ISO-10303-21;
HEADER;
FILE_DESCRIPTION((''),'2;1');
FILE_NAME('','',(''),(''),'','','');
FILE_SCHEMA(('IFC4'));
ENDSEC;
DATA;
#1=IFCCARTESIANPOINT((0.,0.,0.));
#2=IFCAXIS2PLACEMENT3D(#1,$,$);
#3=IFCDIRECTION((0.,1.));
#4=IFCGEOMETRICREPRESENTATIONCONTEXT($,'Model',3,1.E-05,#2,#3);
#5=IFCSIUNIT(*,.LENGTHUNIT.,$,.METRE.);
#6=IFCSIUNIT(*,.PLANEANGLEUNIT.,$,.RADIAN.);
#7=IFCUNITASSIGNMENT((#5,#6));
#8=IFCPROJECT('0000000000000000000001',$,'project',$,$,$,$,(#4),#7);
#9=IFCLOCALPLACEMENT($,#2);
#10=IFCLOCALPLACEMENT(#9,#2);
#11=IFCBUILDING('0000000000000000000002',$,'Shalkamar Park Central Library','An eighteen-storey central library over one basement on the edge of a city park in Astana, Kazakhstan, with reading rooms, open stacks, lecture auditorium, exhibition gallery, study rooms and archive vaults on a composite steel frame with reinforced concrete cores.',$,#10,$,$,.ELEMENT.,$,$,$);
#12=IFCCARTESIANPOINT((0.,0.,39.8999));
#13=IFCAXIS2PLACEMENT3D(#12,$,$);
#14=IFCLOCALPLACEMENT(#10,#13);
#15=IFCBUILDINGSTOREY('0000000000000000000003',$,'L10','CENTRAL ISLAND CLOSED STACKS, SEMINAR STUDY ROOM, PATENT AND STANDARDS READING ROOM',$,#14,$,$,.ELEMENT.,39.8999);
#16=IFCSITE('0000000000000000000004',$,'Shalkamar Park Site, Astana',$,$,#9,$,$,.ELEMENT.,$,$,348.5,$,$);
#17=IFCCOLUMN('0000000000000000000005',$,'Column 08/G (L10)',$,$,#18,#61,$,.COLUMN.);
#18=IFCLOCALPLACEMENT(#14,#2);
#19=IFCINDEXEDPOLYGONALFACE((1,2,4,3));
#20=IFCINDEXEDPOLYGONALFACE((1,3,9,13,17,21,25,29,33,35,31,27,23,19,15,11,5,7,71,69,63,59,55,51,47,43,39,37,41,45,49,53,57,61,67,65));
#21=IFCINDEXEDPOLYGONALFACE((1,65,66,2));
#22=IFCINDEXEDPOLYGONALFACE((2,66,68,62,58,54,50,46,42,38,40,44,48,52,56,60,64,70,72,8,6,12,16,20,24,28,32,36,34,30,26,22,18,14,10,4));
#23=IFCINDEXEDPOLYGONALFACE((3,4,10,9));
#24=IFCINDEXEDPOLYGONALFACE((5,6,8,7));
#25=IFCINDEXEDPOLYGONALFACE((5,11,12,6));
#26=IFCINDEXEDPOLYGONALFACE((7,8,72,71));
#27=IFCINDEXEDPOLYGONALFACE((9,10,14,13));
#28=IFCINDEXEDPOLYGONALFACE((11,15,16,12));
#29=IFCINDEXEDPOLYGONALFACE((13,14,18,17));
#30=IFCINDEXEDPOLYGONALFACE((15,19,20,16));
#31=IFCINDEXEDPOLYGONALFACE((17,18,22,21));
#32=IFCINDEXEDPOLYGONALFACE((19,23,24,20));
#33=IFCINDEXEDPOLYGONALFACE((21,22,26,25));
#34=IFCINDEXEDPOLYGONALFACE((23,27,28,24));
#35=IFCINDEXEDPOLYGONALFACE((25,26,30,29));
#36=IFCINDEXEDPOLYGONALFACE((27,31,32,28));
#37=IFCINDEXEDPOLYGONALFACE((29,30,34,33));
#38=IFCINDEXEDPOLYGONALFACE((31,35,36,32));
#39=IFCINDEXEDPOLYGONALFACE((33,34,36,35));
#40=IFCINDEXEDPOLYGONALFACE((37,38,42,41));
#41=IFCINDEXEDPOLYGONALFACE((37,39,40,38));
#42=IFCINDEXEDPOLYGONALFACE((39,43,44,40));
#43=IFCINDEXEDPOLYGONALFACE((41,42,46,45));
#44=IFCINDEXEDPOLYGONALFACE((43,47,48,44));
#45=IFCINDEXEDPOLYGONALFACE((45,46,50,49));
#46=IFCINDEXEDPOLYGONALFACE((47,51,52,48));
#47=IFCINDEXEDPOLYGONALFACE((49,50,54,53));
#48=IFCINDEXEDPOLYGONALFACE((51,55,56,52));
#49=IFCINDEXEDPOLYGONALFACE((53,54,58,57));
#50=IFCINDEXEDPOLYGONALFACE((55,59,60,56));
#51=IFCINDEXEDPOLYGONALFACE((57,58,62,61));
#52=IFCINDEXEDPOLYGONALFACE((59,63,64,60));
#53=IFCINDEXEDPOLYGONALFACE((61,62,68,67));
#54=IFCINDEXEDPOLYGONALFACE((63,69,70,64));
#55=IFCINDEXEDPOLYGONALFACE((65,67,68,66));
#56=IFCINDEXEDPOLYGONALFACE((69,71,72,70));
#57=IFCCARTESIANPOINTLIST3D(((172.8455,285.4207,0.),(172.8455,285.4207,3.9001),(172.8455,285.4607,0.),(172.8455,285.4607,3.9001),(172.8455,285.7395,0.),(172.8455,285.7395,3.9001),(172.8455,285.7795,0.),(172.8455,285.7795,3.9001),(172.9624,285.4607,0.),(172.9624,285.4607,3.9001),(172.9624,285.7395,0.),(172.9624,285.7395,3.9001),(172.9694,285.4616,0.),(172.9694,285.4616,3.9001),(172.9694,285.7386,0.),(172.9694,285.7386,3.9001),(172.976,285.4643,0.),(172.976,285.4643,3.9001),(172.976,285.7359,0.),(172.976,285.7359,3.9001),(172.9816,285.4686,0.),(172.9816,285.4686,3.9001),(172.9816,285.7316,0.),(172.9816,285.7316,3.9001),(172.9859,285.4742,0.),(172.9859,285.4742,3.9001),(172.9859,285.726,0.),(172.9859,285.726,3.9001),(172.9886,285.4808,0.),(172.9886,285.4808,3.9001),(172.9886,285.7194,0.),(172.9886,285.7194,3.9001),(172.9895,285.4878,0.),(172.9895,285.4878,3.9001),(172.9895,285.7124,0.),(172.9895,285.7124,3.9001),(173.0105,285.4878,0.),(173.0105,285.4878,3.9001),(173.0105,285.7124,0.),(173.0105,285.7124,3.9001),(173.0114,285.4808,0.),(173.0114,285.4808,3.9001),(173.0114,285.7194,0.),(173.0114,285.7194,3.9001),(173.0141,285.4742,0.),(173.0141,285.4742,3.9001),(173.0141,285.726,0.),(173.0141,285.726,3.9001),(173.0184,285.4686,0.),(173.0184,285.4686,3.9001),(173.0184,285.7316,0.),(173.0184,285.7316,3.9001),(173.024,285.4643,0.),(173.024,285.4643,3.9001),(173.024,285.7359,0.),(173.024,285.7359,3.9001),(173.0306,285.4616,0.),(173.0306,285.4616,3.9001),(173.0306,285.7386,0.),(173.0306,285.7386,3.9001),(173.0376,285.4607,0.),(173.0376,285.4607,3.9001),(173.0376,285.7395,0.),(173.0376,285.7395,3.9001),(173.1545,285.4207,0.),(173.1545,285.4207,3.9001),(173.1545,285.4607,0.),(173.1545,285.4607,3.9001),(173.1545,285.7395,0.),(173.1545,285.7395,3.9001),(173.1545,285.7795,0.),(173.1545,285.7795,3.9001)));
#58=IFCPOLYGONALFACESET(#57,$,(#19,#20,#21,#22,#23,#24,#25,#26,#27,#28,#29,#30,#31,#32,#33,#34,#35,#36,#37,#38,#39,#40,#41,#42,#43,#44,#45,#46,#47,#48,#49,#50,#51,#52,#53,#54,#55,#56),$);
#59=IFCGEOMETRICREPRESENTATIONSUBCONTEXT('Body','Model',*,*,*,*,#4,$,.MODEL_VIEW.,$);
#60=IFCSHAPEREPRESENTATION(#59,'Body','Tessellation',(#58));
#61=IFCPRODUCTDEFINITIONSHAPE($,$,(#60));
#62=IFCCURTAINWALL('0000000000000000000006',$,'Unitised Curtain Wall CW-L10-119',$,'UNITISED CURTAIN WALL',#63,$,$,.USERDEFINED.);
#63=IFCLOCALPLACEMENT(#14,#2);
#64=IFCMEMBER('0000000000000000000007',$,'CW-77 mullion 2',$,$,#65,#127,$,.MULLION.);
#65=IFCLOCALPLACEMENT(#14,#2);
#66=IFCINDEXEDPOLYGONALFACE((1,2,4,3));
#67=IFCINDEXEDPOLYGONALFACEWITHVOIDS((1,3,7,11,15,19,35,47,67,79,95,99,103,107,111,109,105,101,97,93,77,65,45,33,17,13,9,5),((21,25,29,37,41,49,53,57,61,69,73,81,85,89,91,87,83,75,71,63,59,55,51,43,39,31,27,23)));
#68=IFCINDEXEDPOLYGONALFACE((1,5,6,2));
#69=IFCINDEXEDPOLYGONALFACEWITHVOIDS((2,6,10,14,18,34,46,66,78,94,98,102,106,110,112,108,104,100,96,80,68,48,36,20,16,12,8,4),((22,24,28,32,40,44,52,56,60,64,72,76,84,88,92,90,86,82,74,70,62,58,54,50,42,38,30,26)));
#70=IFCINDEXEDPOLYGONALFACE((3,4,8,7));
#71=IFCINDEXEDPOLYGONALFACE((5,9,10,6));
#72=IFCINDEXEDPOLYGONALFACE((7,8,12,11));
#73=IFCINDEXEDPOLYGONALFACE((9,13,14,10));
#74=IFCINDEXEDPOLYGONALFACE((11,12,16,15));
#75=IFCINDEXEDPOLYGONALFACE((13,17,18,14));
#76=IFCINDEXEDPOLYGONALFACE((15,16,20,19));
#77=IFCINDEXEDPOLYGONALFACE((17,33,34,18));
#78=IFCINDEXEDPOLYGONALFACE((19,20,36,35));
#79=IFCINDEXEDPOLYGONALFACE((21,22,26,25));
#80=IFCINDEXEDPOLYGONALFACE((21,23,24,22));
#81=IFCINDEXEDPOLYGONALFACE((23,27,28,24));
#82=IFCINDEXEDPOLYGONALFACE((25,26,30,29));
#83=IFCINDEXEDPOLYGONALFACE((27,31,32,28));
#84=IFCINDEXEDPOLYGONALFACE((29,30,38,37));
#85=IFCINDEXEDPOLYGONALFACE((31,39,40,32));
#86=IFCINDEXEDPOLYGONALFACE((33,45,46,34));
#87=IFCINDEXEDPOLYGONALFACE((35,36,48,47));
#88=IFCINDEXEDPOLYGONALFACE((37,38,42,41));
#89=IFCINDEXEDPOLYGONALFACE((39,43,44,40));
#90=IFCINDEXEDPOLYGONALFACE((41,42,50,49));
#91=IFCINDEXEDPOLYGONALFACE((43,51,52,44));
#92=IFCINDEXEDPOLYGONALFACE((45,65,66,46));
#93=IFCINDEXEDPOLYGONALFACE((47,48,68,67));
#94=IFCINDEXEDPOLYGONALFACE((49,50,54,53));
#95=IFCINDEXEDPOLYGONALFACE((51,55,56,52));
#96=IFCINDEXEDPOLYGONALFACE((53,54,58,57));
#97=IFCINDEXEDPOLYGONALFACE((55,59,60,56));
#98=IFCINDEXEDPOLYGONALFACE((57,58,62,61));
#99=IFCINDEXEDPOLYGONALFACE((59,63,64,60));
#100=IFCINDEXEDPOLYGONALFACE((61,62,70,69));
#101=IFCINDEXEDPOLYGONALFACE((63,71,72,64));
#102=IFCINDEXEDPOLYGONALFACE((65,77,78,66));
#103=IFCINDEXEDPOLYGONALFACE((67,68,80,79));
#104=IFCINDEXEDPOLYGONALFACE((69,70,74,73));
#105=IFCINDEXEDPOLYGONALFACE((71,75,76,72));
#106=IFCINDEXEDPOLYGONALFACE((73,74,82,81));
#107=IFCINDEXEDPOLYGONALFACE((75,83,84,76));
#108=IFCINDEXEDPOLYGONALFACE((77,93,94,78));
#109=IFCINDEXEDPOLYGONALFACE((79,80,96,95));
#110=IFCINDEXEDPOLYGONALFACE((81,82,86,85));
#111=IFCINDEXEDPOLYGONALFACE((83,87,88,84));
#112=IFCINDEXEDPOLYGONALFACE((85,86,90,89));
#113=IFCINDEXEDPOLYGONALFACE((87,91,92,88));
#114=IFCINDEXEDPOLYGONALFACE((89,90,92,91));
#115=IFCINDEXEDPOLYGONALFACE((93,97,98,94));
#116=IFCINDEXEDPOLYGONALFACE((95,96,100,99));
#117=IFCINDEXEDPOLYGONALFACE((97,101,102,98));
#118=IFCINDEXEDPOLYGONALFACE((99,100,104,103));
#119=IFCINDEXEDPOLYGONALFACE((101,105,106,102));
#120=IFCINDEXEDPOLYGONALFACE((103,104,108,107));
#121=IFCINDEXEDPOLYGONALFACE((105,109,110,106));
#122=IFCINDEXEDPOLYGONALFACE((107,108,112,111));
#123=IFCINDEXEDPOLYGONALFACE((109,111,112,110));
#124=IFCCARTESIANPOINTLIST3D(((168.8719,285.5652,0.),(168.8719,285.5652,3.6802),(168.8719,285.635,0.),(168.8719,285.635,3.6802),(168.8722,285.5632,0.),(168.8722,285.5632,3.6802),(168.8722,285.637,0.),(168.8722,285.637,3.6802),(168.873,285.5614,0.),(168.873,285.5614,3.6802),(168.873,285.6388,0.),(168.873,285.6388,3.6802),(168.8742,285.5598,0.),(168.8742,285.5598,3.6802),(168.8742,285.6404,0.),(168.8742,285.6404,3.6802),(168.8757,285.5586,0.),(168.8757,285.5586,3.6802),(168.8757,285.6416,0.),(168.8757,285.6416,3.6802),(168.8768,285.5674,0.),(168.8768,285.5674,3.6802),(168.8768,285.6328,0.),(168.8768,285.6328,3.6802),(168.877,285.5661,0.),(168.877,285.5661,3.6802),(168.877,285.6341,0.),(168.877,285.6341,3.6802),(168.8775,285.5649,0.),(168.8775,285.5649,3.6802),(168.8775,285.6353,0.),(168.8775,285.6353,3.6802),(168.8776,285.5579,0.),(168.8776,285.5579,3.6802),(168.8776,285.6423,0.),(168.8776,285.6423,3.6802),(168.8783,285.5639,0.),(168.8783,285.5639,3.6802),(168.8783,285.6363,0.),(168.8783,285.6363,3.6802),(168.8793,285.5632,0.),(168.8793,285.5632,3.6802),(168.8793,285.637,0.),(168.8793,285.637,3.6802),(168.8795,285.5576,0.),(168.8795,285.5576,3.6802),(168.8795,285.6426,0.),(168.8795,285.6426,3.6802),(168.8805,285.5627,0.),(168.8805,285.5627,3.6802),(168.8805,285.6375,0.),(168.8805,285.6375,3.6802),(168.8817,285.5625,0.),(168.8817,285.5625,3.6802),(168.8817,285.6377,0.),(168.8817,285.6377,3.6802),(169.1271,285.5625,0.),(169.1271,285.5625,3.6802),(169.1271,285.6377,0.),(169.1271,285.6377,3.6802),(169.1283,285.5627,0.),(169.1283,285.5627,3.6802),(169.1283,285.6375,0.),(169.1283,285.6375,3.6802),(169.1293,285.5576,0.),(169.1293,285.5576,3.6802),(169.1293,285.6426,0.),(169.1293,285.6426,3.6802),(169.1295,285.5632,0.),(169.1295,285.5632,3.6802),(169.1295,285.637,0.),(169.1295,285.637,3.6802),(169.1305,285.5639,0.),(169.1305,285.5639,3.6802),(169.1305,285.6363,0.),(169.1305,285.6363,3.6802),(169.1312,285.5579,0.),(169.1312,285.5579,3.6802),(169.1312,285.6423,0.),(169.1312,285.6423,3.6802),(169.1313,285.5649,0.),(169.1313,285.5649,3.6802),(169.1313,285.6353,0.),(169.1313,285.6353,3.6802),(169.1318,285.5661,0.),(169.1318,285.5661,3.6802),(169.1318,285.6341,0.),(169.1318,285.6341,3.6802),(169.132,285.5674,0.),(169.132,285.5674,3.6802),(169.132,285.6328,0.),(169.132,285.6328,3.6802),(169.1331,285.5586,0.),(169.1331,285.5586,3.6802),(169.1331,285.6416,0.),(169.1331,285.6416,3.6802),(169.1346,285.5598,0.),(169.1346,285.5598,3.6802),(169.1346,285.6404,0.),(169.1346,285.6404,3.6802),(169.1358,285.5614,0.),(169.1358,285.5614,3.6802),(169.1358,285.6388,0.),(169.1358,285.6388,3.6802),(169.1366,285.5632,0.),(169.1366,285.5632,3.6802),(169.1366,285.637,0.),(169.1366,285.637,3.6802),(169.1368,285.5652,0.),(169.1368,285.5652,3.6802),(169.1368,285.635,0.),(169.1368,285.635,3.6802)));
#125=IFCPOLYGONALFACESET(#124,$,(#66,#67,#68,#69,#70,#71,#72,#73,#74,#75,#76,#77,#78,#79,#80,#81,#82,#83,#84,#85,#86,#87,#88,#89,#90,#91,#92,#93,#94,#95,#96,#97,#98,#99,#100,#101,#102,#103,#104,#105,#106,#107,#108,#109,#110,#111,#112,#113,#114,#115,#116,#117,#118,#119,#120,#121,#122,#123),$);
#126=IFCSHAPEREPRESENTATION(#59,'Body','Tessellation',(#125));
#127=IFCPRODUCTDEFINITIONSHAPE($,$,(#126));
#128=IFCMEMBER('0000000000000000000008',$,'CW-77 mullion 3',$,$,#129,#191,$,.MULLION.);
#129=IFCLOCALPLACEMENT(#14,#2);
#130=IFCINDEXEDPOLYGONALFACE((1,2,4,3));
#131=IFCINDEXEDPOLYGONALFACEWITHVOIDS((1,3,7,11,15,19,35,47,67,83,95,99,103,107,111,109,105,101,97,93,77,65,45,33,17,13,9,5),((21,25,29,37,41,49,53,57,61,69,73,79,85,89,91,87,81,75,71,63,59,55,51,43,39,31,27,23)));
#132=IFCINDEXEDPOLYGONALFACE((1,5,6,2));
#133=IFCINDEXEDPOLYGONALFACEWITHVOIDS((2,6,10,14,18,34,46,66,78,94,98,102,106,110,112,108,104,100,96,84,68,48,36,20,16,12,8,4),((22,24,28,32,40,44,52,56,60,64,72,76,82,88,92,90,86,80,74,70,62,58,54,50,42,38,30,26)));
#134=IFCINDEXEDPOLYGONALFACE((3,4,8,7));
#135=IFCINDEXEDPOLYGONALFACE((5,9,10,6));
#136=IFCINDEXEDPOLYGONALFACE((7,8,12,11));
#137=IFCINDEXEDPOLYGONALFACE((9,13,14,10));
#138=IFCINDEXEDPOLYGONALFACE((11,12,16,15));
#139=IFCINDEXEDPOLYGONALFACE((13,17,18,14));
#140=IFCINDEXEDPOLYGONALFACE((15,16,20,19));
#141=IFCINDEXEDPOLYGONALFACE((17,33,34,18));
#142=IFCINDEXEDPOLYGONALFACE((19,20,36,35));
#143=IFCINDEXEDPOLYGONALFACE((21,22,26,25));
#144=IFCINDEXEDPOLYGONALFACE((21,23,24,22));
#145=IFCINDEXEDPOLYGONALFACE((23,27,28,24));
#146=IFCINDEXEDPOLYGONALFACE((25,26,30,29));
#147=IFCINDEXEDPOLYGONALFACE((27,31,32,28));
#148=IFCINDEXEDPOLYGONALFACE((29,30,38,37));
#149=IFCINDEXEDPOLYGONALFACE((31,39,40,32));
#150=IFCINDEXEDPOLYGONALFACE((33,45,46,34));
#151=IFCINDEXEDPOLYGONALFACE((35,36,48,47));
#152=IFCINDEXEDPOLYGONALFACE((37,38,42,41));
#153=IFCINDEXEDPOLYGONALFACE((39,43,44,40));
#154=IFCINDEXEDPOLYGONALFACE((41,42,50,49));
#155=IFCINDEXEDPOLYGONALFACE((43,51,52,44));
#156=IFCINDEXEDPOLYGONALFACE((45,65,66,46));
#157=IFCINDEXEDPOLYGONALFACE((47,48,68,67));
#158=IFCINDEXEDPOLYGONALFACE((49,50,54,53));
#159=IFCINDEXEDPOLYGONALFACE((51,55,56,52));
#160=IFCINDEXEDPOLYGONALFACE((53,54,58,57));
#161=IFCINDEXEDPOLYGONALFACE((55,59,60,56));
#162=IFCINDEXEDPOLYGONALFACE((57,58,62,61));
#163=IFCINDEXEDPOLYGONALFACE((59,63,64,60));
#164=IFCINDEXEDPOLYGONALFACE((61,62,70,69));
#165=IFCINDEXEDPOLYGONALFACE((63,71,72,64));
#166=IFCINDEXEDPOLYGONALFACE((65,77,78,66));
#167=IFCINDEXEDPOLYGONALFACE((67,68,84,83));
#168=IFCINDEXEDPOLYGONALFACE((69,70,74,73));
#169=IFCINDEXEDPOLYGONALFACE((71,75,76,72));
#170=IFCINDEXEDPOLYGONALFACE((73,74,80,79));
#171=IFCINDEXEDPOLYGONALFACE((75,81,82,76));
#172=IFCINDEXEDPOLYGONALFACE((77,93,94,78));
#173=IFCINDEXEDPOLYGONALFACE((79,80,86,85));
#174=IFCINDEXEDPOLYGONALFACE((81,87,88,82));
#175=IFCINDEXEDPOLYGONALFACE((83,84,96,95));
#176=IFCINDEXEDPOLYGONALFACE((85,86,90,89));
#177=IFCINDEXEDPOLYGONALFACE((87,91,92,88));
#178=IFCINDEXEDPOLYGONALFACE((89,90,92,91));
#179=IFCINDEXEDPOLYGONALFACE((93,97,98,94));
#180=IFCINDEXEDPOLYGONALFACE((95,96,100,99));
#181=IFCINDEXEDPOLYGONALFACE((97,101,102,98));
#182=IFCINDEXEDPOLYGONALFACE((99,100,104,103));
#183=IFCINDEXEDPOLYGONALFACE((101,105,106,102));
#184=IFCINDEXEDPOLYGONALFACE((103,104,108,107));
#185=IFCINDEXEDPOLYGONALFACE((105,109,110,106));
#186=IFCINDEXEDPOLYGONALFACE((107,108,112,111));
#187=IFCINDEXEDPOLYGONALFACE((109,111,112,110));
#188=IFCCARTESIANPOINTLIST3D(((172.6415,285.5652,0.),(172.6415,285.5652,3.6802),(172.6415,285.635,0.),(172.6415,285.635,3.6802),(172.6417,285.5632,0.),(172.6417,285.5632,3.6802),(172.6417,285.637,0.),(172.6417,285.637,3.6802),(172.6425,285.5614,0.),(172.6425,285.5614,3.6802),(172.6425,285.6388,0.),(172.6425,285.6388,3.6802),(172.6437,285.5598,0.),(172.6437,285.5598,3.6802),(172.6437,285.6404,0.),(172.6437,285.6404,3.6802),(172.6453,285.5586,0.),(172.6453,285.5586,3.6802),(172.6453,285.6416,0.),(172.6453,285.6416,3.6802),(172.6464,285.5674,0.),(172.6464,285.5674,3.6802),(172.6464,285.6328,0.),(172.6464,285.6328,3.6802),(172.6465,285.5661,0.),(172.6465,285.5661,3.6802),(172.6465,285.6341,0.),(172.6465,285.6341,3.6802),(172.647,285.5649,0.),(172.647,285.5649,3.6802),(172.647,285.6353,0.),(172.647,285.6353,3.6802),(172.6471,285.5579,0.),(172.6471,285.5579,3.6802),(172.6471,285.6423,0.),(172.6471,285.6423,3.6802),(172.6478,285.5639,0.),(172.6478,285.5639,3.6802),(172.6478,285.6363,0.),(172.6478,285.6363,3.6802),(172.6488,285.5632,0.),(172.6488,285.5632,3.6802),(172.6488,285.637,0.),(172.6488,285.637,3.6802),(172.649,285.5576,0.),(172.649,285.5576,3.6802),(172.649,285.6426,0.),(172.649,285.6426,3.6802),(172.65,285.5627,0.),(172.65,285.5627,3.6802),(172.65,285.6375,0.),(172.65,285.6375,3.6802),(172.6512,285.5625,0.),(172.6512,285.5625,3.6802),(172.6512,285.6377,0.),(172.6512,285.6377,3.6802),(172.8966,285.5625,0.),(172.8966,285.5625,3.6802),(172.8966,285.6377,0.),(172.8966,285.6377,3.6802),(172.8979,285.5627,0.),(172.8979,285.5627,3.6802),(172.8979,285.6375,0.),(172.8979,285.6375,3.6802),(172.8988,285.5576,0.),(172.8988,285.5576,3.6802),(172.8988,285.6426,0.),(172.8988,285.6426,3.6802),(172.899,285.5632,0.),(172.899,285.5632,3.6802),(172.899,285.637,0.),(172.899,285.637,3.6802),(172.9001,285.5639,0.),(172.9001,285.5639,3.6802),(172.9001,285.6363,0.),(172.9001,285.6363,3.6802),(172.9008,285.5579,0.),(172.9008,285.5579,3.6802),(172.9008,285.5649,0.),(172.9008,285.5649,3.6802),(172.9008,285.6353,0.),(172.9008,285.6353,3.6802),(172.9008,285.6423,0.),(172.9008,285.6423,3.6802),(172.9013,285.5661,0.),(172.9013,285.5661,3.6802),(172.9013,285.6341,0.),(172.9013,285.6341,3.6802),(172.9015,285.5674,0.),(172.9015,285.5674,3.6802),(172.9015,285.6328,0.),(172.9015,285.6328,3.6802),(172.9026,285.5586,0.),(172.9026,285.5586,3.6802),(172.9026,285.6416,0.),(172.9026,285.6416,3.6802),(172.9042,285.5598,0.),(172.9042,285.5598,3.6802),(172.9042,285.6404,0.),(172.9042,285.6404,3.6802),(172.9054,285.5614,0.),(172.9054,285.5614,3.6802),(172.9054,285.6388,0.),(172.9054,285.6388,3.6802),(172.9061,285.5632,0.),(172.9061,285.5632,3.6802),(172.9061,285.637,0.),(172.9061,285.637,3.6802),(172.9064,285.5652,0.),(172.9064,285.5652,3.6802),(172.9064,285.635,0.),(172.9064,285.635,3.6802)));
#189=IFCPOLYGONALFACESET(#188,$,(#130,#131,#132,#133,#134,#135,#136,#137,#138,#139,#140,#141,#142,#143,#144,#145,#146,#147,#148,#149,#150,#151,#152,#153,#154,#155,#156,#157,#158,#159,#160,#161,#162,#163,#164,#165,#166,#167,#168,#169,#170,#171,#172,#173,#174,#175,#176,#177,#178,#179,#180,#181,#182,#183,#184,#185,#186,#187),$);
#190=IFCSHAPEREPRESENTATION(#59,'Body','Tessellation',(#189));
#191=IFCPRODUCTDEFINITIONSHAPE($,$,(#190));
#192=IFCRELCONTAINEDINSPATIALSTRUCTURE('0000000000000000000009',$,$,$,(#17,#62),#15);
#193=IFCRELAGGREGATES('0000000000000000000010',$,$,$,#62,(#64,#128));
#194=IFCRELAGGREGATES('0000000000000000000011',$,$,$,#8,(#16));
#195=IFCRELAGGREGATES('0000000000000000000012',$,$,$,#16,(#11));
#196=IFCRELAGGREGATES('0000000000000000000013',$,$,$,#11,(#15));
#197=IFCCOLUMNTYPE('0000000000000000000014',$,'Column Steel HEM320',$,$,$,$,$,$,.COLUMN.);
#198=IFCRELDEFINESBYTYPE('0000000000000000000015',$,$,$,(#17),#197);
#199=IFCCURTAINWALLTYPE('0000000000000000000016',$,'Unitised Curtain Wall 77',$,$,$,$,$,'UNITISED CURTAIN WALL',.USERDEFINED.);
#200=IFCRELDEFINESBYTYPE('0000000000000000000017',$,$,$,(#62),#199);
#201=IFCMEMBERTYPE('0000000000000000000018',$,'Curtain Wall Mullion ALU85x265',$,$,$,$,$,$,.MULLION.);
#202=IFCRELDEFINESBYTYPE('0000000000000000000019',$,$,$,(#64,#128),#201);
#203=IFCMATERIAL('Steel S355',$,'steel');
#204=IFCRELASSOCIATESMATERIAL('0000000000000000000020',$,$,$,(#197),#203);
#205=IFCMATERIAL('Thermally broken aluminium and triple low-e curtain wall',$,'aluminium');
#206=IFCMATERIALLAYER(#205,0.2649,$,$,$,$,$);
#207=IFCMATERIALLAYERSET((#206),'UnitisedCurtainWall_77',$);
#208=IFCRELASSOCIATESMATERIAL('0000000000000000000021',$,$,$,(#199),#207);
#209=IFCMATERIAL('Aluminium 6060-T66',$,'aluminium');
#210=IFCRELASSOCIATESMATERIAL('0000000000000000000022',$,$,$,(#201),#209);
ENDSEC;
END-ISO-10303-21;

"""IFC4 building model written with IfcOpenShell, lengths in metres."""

from ifc_helpers import new_model, si_unit, direction, frame, origin, origin_2d, place, context, subcontext, project, spatial, hollow_rectangle, i_section, extrude, material, layer, layer_set, material_profile, profile_set, type_object, element, aggregate, save


model = new_model("IFC4")

# Units and contexts
model_context = context("Model", 3, precision=1e-05, world=origin(), true_north=direction((0.0, 1.0)))
body_context = subcontext(model_context, "Body", "Model", "MODEL_VIEW")
ifc_project = project(units=[si_unit("LENGTHUNIT", "METRE"), si_unit("PLANEANGLEUNIT", "RADIAN")], contexts=[model_context])

# Site, building, storey
site_placement = place(None, origin())
site = spatial("IfcSite", under=ifc_project, at=site_placement, Name="Shalkamar Park Site, Astana", CompositionType="ELEMENT", RefElevation=348.5)
building_placement = place(site_placement, origin())
building = spatial("IfcBuilding", under=site, at=building_placement, Name="Shalkamar Park Central Library", Description="An eighteen-storey central library over one basement on the edge of a city park in Astana, Kazakhstan, with reading rooms, open stacks, lecture auditorium, exhibition gallery, study rooms and archive vaults on a composite steel frame with reinforced concrete cores.", CompositionType="ELEMENT")
storey_placement = place(building_placement, frame((0.0, 0.0, 39.8999)))
storey = spatial("IfcBuildingStorey", under=building, at=storey_placement, Name="L10", Description="CENTRAL ISLAND CLOSED STACKS, SEMINAR STUDY ROOM, PATENT AND STANDARDS READING ROOM", CompositionType="ELEMENT", Elevation=39.8999)

# Column
ifc_material_1 = material(Name="Steel S355", Category="steel")
ifc_material_profile_1 = material_profile(ifc_material_1, i_section(OverallWidth=0.3091, OverallDepth=0.3589, WebThickness=0.021, FlangeThickness=0.04, FilletRadius=0.0271, at=origin_2d()), Name="HEM 320")
ifc_profile_set_1 = profile_set([ifc_material_profile_1], Name="Steel S355")
column_type = type_object("IfcColumnType", Name="Column Steel HEM320", PredefinedType="COLUMN", material=ifc_profile_set_1)
column_placement = place(storey_placement, frame((173.0, 285.6001, 0.0), z_axis=(0.0, 0.0, 1.0), x_axis=(1.0, 0.0, 0.0)))
element("IfcColumn", 1, at=column_placement, inside=storey, type_object=column_type, Name="Column 08/G (L10)", PredefinedType="COLUMN", context=body_context, shape_type="SweptSolid", body=[
    extrude(i_section(OverallWidth=0.3091, OverallDepth=0.3589, WebThickness=0.021, FlangeThickness=0.04, FilletRadius=0.0271, at=origin_2d()), origin(), (0.0, 0.0, 1.0), 3.9001),
])

# Curtain wall, members
ifc_material_2 = material(Name="Thermally broken aluminium and triple low-e curtain wall", Category="aluminium")
ifc_layer_1 = layer(ifc_material_2, 0.2649)
ifc_layer_set_1 = layer_set([ifc_layer_1], Name="UnitisedCurtainWall_77")
curtain_wall_type_1 = type_object("IfcCurtainWallType", Name="Unitised Curtain Wall 77", ElementType="UNITISED CURTAIN WALL", PredefinedType="USERDEFINED", material=ifc_layer_set_1)
curtain_wall_1_placement = place(storey_placement, origin())
curtain_wall_1 = element("IfcCurtainWall", 2, at=curtain_wall_1_placement, inside=storey, type_object=curtain_wall_type_1, Name="Unitised Curtain Wall CW-L10-119", ObjectType="UNITISED CURTAIN WALL", PredefinedType="USERDEFINED")
ifc_material_3 = material(Name="Aluminium 6060-T66", Category="aluminium")
ifc_material_profile_2 = material_profile(ifc_material_3, hollow_rectangle(XDim=0.085, YDim=0.2649, WallThickness=0.0049, InnerFilletRadius=0.0049, OuterFilletRadius=0.0076, at=origin_2d()), Name="ALU 85x265x5")
ifc_profile_set_2 = profile_set([ifc_material_profile_2], Name="Aluminium 6060-T66")
member_type_1 = type_object("IfcMemberType", Name="Curtain Wall Mullion ALU85x265", PredefinedType="MULLION", material=ifc_profile_set_2)
member_1_placement = place(storey_placement, frame((169.0044, 285.6001, 0.0), z_axis=(0.0, 0.0, 1.0), x_axis=(0.0, 1.0, 0.0)))
member_1 = element("IfcMember", 3, at=member_1_placement, type_object=member_type_1, Name="CW-77 mullion 2", PredefinedType="MULLION", context=body_context, shape_type="SweptSolid", body=[
    extrude(hollow_rectangle(XDim=0.085, YDim=0.2649, WallThickness=0.0049, InnerFilletRadius=0.0049, OuterFilletRadius=0.0076, at=origin_2d()), origin(), (0.0, 0.0, 1.0), 3.6802),
])
member_2_placement = place(storey_placement, frame((172.7739, 285.6001, 0.0), z_axis=(0.0, 0.0, 1.0), x_axis=(0.0, 1.0, 0.0)))
member_2 = element("IfcMember", 4, at=member_2_placement, type_object=member_type_1, Name="CW-77 mullion 3", PredefinedType="MULLION", context=body_context, shape_type="SweptSolid", body=[
    extrude(hollow_rectangle(XDim=0.085, YDim=0.2649, WallThickness=0.0049, InnerFilletRadius=0.0049, OuterFilletRadius=0.0076, at=origin_2d()), origin(), (0.0, 0.0, 1.0), 3.6802),
])

aggregate(curtain_wall_1, [member_1, member_2])

save(model, "model.ifc")
